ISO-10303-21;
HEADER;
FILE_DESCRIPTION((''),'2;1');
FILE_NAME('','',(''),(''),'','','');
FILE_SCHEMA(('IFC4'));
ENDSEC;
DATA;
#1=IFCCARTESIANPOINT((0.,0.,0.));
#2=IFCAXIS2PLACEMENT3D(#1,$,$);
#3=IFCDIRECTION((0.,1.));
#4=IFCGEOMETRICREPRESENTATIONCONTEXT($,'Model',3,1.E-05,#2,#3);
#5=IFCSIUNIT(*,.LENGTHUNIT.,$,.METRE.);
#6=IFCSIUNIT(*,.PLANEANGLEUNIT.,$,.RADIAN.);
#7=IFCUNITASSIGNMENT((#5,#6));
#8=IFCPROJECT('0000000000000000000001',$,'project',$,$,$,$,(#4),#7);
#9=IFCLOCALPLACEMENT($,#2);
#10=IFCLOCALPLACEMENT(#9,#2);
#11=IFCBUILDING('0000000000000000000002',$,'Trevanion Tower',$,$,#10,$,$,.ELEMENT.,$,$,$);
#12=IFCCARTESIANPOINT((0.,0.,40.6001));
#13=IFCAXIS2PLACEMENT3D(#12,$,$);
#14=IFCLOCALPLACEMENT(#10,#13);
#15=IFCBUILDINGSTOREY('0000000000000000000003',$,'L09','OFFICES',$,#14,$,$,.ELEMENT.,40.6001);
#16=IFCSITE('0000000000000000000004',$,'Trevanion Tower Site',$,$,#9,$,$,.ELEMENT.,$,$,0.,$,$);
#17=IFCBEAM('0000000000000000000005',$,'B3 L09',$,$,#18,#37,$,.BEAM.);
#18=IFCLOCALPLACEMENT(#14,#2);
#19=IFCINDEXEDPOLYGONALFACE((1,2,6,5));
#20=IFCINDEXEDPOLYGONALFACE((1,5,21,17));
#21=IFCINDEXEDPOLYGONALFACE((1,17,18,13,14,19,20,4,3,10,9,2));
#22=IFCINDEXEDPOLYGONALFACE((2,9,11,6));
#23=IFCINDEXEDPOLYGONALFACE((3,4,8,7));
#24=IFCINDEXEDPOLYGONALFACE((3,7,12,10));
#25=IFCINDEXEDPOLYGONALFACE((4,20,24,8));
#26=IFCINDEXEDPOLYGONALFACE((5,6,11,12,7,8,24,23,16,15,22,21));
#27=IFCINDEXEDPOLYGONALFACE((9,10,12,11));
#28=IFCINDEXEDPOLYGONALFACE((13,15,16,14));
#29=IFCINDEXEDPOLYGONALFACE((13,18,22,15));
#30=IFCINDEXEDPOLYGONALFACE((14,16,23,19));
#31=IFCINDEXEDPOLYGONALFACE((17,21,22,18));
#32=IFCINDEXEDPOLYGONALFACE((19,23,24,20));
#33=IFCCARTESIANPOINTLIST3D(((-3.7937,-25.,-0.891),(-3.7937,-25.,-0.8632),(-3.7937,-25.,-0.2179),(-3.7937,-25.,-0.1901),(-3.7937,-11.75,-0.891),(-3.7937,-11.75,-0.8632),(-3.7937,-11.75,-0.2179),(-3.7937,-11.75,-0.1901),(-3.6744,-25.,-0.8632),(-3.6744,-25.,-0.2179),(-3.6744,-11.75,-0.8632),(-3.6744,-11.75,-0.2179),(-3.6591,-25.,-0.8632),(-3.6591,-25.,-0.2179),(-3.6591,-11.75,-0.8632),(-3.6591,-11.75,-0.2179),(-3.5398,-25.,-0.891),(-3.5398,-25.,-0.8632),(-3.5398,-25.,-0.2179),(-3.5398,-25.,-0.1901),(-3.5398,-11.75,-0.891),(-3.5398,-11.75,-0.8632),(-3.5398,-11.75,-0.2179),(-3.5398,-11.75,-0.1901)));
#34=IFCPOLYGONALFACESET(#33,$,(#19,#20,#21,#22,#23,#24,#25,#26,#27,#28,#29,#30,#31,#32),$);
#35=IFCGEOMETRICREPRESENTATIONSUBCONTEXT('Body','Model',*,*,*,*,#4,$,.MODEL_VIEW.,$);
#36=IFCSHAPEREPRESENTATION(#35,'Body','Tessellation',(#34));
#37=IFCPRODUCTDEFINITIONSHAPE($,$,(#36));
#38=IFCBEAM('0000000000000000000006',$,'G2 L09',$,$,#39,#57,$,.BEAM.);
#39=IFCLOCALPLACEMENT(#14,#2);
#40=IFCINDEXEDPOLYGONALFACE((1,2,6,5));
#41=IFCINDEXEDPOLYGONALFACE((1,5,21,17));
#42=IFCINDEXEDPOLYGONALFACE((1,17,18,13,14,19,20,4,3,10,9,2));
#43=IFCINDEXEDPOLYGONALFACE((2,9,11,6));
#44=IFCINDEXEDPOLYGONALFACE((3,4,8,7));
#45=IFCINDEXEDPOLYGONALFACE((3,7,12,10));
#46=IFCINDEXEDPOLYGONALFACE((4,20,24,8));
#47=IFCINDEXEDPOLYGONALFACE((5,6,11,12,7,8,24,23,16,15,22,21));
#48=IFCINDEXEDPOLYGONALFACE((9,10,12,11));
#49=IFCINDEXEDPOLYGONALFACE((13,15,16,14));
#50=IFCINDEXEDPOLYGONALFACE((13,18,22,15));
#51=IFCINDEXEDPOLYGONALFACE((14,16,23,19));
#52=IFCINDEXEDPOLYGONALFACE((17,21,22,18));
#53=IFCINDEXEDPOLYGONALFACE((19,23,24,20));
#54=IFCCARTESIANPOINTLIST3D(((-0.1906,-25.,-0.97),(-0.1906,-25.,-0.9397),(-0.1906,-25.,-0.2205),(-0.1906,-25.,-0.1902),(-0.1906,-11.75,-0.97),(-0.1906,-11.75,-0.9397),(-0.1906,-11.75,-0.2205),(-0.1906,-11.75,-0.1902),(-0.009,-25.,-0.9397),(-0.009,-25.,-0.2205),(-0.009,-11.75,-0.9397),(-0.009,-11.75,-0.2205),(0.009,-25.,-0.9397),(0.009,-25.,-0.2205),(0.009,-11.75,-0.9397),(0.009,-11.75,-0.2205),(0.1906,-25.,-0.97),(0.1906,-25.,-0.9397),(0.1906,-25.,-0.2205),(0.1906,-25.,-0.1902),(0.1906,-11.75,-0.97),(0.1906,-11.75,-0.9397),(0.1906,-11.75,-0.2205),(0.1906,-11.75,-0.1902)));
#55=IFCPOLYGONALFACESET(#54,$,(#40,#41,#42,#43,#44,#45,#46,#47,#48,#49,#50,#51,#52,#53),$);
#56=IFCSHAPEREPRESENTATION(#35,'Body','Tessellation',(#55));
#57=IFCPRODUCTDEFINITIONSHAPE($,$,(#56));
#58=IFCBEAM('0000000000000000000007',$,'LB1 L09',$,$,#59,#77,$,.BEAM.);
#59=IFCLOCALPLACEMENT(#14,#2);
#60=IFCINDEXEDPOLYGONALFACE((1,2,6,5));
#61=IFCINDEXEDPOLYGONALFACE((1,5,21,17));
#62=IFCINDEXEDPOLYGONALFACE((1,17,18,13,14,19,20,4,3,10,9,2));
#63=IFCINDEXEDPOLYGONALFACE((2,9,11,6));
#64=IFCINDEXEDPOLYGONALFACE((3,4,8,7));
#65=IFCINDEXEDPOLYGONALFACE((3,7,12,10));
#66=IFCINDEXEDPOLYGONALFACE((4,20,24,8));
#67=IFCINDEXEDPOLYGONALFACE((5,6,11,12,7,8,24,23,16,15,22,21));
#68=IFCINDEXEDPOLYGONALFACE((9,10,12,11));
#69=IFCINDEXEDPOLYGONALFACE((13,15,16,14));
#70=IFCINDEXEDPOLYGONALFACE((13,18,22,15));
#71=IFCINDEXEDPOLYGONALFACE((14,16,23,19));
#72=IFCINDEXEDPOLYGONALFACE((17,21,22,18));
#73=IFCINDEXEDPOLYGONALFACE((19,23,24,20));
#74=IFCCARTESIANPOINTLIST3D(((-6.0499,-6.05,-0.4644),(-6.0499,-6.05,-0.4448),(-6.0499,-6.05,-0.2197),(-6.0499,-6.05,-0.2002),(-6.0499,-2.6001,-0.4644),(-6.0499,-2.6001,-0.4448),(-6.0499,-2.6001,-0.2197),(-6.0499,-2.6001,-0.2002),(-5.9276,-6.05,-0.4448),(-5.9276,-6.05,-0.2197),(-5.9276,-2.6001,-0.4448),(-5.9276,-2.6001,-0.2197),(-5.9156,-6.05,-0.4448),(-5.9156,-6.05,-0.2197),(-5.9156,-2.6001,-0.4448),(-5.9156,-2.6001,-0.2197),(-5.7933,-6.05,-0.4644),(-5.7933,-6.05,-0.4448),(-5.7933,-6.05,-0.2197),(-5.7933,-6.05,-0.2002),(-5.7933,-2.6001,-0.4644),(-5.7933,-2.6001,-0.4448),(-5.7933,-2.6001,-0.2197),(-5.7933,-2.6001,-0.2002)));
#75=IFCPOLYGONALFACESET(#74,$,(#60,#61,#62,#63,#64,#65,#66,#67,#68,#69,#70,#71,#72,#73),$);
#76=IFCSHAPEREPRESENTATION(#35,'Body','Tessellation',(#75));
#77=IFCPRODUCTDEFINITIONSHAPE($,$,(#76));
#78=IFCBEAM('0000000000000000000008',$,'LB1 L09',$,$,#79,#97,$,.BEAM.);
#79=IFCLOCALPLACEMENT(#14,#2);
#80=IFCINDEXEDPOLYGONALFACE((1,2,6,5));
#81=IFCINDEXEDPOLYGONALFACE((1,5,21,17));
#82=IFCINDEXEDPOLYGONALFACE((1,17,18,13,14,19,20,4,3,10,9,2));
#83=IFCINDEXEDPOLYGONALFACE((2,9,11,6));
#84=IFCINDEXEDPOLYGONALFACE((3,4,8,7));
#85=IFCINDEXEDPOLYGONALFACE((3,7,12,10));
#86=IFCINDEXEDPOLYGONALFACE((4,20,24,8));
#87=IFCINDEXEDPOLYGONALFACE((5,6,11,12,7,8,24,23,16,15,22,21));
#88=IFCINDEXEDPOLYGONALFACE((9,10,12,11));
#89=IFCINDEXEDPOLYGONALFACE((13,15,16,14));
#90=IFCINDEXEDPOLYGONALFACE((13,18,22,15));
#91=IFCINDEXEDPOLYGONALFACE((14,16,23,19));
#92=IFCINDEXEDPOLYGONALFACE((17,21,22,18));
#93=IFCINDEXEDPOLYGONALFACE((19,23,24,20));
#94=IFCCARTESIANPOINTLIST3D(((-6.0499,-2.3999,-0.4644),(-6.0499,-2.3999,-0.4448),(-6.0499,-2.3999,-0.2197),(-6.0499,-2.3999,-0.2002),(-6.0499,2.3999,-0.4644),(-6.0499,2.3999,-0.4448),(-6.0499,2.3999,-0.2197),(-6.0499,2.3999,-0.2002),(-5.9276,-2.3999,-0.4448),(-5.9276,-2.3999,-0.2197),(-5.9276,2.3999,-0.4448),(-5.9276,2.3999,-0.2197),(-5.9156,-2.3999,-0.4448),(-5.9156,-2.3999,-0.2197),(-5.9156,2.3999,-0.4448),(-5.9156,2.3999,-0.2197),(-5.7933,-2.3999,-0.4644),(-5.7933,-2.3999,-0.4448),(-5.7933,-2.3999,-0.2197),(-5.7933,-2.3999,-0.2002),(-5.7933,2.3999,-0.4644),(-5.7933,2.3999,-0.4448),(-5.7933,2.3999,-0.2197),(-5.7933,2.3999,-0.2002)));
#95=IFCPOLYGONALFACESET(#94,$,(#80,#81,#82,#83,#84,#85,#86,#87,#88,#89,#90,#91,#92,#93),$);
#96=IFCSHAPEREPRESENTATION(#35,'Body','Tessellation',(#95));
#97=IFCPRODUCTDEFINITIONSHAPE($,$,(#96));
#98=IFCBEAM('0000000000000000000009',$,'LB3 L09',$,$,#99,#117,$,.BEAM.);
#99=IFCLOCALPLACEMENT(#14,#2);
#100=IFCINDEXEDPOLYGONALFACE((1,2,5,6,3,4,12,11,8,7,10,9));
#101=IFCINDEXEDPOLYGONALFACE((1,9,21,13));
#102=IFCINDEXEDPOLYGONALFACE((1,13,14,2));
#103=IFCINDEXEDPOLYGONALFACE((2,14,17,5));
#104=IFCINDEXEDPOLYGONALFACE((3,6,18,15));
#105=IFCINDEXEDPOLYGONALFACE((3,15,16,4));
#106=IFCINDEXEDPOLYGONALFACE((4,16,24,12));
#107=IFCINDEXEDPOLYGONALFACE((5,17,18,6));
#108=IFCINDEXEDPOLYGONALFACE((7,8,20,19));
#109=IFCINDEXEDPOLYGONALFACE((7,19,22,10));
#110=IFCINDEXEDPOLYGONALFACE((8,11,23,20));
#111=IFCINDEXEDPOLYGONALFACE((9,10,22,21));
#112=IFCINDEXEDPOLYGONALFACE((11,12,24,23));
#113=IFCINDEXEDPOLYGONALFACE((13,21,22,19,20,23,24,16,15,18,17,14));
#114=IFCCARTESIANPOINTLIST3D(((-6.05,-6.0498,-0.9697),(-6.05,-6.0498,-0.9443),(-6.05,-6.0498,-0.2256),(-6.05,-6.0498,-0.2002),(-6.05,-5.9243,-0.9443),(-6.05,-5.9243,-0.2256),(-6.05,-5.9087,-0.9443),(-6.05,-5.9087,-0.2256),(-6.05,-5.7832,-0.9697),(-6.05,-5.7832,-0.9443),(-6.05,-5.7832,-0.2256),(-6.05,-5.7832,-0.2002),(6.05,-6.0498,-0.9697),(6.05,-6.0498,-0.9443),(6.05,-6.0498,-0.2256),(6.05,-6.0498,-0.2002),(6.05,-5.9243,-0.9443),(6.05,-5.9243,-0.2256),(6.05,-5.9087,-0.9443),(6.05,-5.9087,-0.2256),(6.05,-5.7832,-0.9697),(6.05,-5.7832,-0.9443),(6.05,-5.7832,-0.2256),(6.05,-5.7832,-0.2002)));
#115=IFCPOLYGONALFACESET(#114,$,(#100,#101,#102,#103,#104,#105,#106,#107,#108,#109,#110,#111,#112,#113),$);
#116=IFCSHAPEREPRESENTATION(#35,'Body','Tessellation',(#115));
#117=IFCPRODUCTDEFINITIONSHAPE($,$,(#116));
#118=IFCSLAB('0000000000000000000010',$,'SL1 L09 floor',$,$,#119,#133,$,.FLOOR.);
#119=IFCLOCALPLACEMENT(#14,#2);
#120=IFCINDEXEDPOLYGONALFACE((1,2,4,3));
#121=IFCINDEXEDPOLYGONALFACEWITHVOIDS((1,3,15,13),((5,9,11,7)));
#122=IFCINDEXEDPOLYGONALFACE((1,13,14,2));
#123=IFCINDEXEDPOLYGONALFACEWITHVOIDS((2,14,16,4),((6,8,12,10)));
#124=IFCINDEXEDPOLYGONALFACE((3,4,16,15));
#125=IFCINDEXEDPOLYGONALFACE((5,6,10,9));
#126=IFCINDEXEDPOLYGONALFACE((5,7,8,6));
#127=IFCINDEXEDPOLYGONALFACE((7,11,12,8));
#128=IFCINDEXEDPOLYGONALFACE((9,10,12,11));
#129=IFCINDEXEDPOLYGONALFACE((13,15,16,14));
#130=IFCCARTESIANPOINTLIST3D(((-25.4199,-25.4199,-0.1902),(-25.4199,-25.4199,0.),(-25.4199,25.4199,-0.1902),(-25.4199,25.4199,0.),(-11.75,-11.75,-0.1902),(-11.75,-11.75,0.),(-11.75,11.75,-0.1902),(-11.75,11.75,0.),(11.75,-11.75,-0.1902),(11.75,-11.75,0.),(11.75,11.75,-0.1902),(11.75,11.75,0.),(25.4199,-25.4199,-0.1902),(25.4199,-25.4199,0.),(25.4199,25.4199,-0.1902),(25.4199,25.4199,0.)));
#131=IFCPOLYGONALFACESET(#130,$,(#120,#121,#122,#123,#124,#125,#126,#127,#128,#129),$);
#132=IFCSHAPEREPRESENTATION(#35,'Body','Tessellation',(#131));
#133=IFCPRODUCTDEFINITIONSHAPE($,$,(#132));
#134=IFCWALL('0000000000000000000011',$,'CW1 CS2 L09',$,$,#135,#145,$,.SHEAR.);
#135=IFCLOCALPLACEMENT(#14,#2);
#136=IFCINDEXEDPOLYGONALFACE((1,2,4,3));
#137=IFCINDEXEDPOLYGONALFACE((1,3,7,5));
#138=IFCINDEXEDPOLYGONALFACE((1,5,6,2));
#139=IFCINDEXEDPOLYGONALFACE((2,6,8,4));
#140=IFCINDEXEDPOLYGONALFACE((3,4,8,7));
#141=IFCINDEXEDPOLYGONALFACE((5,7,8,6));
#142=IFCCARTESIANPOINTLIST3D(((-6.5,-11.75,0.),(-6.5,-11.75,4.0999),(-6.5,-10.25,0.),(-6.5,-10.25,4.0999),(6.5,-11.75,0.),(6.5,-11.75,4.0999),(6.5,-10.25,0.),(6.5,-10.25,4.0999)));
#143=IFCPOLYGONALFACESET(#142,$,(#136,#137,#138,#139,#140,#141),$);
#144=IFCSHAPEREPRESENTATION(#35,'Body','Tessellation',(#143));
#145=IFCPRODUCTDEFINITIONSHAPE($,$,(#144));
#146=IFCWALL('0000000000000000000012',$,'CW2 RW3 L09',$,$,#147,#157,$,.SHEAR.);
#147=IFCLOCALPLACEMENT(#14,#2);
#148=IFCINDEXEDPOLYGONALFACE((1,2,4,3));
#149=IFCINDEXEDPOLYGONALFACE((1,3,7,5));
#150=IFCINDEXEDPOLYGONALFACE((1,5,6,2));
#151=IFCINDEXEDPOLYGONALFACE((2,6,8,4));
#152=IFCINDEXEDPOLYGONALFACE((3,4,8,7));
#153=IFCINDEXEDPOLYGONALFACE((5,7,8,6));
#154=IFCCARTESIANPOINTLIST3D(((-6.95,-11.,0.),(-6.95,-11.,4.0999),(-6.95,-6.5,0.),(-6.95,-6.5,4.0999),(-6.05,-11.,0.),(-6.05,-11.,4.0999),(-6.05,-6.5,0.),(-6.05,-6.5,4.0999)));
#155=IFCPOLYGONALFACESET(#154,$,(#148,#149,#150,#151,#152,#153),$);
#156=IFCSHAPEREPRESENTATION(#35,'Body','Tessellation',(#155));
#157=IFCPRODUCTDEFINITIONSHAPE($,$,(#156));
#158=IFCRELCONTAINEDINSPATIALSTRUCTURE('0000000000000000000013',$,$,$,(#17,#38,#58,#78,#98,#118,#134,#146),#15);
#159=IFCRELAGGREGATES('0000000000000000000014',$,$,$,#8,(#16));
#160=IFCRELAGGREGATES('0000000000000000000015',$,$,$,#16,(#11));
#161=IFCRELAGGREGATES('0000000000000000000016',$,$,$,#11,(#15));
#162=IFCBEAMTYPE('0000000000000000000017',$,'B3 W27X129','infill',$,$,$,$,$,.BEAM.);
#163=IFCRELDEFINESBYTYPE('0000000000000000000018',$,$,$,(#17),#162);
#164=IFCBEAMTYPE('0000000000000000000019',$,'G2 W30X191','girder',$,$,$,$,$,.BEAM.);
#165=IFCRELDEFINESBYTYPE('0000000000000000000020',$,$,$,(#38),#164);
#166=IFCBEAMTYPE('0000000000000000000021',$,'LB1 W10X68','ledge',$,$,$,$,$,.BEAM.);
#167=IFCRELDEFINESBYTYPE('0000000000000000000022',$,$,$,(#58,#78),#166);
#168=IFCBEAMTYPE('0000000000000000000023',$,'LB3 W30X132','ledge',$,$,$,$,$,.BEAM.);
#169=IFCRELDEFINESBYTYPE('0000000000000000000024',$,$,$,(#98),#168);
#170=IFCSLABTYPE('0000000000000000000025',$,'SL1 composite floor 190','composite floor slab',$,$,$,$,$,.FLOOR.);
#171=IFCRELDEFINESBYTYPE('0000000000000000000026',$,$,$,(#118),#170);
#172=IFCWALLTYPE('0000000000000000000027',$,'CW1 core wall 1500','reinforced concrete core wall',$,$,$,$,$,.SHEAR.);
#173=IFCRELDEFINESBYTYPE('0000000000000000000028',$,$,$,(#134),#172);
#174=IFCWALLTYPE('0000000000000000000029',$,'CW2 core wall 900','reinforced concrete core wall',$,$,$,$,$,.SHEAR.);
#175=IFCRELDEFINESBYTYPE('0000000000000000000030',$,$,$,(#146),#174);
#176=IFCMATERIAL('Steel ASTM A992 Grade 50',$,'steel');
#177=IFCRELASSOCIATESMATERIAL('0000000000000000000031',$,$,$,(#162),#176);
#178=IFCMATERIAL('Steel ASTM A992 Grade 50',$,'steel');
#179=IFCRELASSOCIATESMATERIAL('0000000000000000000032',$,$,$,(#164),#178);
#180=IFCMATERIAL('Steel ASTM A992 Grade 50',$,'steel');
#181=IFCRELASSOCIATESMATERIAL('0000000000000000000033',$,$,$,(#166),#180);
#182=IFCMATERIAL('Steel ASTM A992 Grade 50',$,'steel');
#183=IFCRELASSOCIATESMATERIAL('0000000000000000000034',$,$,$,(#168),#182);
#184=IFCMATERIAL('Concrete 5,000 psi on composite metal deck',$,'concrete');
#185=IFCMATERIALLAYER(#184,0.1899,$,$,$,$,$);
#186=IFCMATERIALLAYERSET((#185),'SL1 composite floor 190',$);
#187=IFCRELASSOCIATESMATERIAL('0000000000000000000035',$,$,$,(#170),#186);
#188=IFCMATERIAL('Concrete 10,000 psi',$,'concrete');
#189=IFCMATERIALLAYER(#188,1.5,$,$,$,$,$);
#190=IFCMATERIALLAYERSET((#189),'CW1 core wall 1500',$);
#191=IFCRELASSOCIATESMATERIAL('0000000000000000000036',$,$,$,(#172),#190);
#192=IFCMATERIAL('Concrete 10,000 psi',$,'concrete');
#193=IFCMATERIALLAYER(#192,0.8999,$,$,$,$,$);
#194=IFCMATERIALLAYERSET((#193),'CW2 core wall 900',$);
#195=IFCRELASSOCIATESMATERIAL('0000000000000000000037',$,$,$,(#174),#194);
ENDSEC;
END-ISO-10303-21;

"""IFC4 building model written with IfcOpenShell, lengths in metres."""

from ifc_helpers import new_model, si_unit, direction, frame, frame_2d, origin, origin_2d, place, context, subcontext, project, spatial, polyline, rectangle, i_section, outline, extrude, material, layer, layer_set, material_profile, profile_set, type_object, element, save


model = new_model("IFC4")

# Units and contexts
model_context = context("Model", 3, precision=1e-05, world=origin(), true_north=direction((0.0, 1.0)))
body_context = subcontext(model_context, "Body", "Model", "MODEL_VIEW")
ifc_project = project(units=[si_unit("LENGTHUNIT", "METRE"), si_unit("PLANEANGLEUNIT", "RADIAN")], contexts=[model_context])

# Site, building, storey
site_placement = place(None, origin())
site = spatial("IfcSite", under=ifc_project, at=site_placement, Name="Trevanion Tower Site", CompositionType="ELEMENT", RefElevation=0.0)
building_placement = place(site_placement, origin())
building = spatial("IfcBuilding", under=site, at=building_placement, Name="Trevanion Tower", CompositionType="ELEMENT")
storey_placement = place(building_placement, frame((0.0, 0.0, 40.6001)))
storey = spatial("IfcBuildingStorey", under=building, at=storey_placement, Name="L09", Description="OFFICES", CompositionType="ELEMENT", Elevation=40.6001)

# Beams
ifc_material_1 = material(Name="Steel ASTM A992 Grade 50", Category="steel")
ifc_material_profile_1 = material_profile(ifc_material_1, i_section(OverallWidth=0.2539, OverallDepth=0.7009, WebThickness=0.0154, FlangeThickness=0.0278, at=origin_2d()), Name="W27X129")
ifc_profile_set_1 = profile_set([ifc_material_profile_1], Name="Steel ASTM A992 Grade 50")
beam_type_1 = type_object("IfcBeamType", Name="B3 W27X129", Description="infill", PredefinedType="BEAM", material=ifc_profile_set_1)
beam_1_placement = place(storey_placement, frame((-3.6667, -11.75, -0.5405), z_axis=(0.0, -1.0, 0.0), x_axis=(1.0, 0.0, 0.0)))
element("IfcBeam", 1, at=beam_1_placement, inside=storey, type_object=beam_type_1, Name="B3 L09", PredefinedType="BEAM", context=body_context, shape_type="SweptSolid", body=[
    extrude(i_section(OverallWidth=0.2539, OverallDepth=0.7009, WebThickness=0.0154, FlangeThickness=0.0278, at=origin_2d()), origin(), (0.0, 0.0, 1.0), 13.25),
])
ifc_material_2 = material(Name="Steel ASTM A992 Grade 50", Category="steel")
ifc_material_profile_2 = material_profile(ifc_material_2, i_section(OverallWidth=0.3811, OverallDepth=0.7798, WebThickness=0.0181, FlangeThickness=0.0303, at=origin_2d()), Name="W30X191")
ifc_profile_set_2 = profile_set([ifc_material_profile_2], Name="Steel ASTM A992 Grade 50")
beam_type_2 = type_object("IfcBeamType", Name="G2 W30X191", Description="girder", PredefinedType="BEAM", material=ifc_profile_set_2)
beam_2_placement = place(storey_placement, frame((0.0, -11.75, -0.5801), z_axis=(0.0, -1.0, 0.0), x_axis=(1.0, 0.0, 0.0)))
element("IfcBeam", 2, at=beam_2_placement, inside=storey, type_object=beam_type_2, Name="G2 L09", PredefinedType="BEAM", context=body_context, shape_type="SweptSolid", body=[
    extrude(i_section(OverallWidth=0.3811, OverallDepth=0.7798, WebThickness=0.0181, FlangeThickness=0.0303, at=origin_2d()), origin(), (0.0, 0.0, 1.0), 13.25),
])
ifc_material_3 = material(Name="Steel ASTM A992 Grade 50", Category="steel")
ifc_material_profile_3 = material_profile(ifc_material_3, i_section(OverallWidth=0.2566, OverallDepth=0.2642, WebThickness=0.012, FlangeThickness=0.0195, at=origin_2d()), Name="W10X68")
ifc_profile_set_3 = profile_set([ifc_material_profile_3], Name="Steel ASTM A992 Grade 50")
beam_type_3 = type_object("IfcBeamType", Name="LB1 W10X68", Description="ledge", PredefinedType="BEAM", material=ifc_profile_set_3)
beam_3_placement = place(storey_placement, frame((-5.9216, -6.05, -0.3323), z_axis=(0.0, 1.0, 0.0), x_axis=(-1.0, 0.0, 0.0)))
element("IfcBeam", 3, at=beam_3_placement, inside=storey, type_object=beam_type_3, Name="LB1 L09", PredefinedType="BEAM", context=body_context, shape_type="SweptSolid", body=[
    extrude(i_section(OverallWidth=0.2566, OverallDepth=0.2642, WebThickness=0.012, FlangeThickness=0.0195, at=origin_2d()), origin(), (0.0, 0.0, 1.0), 3.45),
])
beam_4_placement = place(storey_placement, frame((-5.9216, -2.3999, -0.3323), z_axis=(0.0, 1.0, 0.0), x_axis=(-1.0, 0.0, 0.0)))
element("IfcBeam", 4, at=beam_4_placement, inside=storey, type_object=beam_type_3, Name="LB1 L09", PredefinedType="BEAM", context=body_context, shape_type="SweptSolid", body=[
    extrude(i_section(OverallWidth=0.2566, OverallDepth=0.2642, WebThickness=0.012, FlangeThickness=0.0195, at=origin_2d()), origin(), (0.0, 0.0, 1.0), 4.7998),
])
ifc_material_4 = material(Name="Steel ASTM A992 Grade 50", Category="steel")
ifc_material_profile_4 = material_profile(ifc_material_4, i_section(OverallWidth=0.2666, OverallDepth=0.7695, WebThickness=0.0156, FlangeThickness=0.0254, at=origin_2d()), Name="W30X132")
ifc_profile_set_4 = profile_set([ifc_material_profile_4], Name="Steel ASTM A992 Grade 50")
beam_type_4 = type_object("IfcBeamType", Name="LB3 W30X132", Description="ledge", PredefinedType="BEAM", material=ifc_profile_set_4)
beam_5_placement = place(storey_placement, frame((-6.05, -5.9165, -0.585), z_axis=(1.0, 0.0, 0.0), x_axis=(0.0, 1.0, 0.0)))
element("IfcBeam", 5, at=beam_5_placement, inside=storey, type_object=beam_type_4, Name="LB3 L09", PredefinedType="BEAM", context=body_context, shape_type="SweptSolid", body=[
    extrude(i_section(OverallWidth=0.2666, OverallDepth=0.7695, WebThickness=0.0156, FlangeThickness=0.0254, at=origin_2d()), origin(), (0.0, 0.0, 1.0), 12.1001),
])

# Slab
ifc_material_5 = material(Name="Concrete 5,000 psi on composite metal deck", Category="concrete")
ifc_layer_1 = layer(ifc_material_5, 0.1899)
ifc_layer_set_1 = layer_set([ifc_layer_1], Name="SL1 composite floor 190")
slab_type = type_object("IfcSlabType", Name="SL1 composite floor 190", Description="composite floor slab", PredefinedType="FLOOR", material=ifc_layer_set_1)
slab_placement = place(storey_placement, frame((0.0, 0.0, -0.1902)))
element("IfcSlab", 6, at=slab_placement, inside=storey, type_object=slab_type, Name="SL1 L09 floor", PredefinedType="FLOOR", context=body_context, shape_type="SweptSolid", body=[
    extrude(outline(polyline([(25.4199, -25.4199), (25.4199, 25.4199), (-25.4199, 25.4199), (-25.4199, -25.4199), (25.4199, -25.4199)]), holes=[polyline([(11.75, -11.75), (11.75, 11.75), (-11.75, 11.75), (-11.75, -11.75), (11.75, -11.75)])]), origin(), (0.0, 0.0, 1.0), 0.1902),
])

# Walls
ifc_material_6 = material(Name="Concrete 10,000 psi", Category="concrete")
ifc_layer_2 = layer(ifc_material_6, 1.5)
ifc_layer_set_2 = layer_set([ifc_layer_2], Name="CW1 core wall 1500")
wall_type_1 = type_object("IfcWallType", Name="CW1 core wall 1500", Description="reinforced concrete core wall", PredefinedType="SHEAR", material=ifc_layer_set_2)
wall_1_placement = place(storey_placement, frame((-6.5, -11.0, 0.0), z_axis=(0.0, 0.0, 1.0), x_axis=(1.0, 0.0, 0.0)))
element("IfcWall", 7, at=wall_1_placement, inside=storey, type_object=wall_type_1, Name="CW1 CS2 L09", PredefinedType="SHEAR", context=body_context, shape_type="SweptSolid", body=[
    extrude(rectangle(XDim=13.0, YDim=1.5, at=frame_2d((6.5, 0.0))), origin(), (0.0, 0.0, 1.0), 4.0999),
])
ifc_material_7 = material(Name="Concrete 10,000 psi", Category="concrete")
ifc_layer_3 = layer(ifc_material_7, 0.8999)
ifc_layer_set_3 = layer_set([ifc_layer_3], Name="CW2 core wall 900")
wall_type_2 = type_object("IfcWallType", Name="CW2 core wall 900", Description="reinforced concrete core wall", PredefinedType="SHEAR", material=ifc_layer_set_3)
wall_2_placement = place(storey_placement, frame((-6.5, -6.5, 0.0), z_axis=(0.0, 0.0, 1.0), x_axis=(0.0, -1.0, 0.0)))
element("IfcWall", 8, at=wall_2_placement, inside=storey, type_object=wall_type_2, Name="CW2 RW3 L09", PredefinedType="SHEAR", context=body_context, shape_type="SweptSolid", body=[
    extrude(rectangle(XDim=4.5, YDim=0.8999, at=frame_2d((2.25, 0.0))), origin(), (0.0, 0.0, 1.0), 4.0999),
])

save(model, "model.ifc")
